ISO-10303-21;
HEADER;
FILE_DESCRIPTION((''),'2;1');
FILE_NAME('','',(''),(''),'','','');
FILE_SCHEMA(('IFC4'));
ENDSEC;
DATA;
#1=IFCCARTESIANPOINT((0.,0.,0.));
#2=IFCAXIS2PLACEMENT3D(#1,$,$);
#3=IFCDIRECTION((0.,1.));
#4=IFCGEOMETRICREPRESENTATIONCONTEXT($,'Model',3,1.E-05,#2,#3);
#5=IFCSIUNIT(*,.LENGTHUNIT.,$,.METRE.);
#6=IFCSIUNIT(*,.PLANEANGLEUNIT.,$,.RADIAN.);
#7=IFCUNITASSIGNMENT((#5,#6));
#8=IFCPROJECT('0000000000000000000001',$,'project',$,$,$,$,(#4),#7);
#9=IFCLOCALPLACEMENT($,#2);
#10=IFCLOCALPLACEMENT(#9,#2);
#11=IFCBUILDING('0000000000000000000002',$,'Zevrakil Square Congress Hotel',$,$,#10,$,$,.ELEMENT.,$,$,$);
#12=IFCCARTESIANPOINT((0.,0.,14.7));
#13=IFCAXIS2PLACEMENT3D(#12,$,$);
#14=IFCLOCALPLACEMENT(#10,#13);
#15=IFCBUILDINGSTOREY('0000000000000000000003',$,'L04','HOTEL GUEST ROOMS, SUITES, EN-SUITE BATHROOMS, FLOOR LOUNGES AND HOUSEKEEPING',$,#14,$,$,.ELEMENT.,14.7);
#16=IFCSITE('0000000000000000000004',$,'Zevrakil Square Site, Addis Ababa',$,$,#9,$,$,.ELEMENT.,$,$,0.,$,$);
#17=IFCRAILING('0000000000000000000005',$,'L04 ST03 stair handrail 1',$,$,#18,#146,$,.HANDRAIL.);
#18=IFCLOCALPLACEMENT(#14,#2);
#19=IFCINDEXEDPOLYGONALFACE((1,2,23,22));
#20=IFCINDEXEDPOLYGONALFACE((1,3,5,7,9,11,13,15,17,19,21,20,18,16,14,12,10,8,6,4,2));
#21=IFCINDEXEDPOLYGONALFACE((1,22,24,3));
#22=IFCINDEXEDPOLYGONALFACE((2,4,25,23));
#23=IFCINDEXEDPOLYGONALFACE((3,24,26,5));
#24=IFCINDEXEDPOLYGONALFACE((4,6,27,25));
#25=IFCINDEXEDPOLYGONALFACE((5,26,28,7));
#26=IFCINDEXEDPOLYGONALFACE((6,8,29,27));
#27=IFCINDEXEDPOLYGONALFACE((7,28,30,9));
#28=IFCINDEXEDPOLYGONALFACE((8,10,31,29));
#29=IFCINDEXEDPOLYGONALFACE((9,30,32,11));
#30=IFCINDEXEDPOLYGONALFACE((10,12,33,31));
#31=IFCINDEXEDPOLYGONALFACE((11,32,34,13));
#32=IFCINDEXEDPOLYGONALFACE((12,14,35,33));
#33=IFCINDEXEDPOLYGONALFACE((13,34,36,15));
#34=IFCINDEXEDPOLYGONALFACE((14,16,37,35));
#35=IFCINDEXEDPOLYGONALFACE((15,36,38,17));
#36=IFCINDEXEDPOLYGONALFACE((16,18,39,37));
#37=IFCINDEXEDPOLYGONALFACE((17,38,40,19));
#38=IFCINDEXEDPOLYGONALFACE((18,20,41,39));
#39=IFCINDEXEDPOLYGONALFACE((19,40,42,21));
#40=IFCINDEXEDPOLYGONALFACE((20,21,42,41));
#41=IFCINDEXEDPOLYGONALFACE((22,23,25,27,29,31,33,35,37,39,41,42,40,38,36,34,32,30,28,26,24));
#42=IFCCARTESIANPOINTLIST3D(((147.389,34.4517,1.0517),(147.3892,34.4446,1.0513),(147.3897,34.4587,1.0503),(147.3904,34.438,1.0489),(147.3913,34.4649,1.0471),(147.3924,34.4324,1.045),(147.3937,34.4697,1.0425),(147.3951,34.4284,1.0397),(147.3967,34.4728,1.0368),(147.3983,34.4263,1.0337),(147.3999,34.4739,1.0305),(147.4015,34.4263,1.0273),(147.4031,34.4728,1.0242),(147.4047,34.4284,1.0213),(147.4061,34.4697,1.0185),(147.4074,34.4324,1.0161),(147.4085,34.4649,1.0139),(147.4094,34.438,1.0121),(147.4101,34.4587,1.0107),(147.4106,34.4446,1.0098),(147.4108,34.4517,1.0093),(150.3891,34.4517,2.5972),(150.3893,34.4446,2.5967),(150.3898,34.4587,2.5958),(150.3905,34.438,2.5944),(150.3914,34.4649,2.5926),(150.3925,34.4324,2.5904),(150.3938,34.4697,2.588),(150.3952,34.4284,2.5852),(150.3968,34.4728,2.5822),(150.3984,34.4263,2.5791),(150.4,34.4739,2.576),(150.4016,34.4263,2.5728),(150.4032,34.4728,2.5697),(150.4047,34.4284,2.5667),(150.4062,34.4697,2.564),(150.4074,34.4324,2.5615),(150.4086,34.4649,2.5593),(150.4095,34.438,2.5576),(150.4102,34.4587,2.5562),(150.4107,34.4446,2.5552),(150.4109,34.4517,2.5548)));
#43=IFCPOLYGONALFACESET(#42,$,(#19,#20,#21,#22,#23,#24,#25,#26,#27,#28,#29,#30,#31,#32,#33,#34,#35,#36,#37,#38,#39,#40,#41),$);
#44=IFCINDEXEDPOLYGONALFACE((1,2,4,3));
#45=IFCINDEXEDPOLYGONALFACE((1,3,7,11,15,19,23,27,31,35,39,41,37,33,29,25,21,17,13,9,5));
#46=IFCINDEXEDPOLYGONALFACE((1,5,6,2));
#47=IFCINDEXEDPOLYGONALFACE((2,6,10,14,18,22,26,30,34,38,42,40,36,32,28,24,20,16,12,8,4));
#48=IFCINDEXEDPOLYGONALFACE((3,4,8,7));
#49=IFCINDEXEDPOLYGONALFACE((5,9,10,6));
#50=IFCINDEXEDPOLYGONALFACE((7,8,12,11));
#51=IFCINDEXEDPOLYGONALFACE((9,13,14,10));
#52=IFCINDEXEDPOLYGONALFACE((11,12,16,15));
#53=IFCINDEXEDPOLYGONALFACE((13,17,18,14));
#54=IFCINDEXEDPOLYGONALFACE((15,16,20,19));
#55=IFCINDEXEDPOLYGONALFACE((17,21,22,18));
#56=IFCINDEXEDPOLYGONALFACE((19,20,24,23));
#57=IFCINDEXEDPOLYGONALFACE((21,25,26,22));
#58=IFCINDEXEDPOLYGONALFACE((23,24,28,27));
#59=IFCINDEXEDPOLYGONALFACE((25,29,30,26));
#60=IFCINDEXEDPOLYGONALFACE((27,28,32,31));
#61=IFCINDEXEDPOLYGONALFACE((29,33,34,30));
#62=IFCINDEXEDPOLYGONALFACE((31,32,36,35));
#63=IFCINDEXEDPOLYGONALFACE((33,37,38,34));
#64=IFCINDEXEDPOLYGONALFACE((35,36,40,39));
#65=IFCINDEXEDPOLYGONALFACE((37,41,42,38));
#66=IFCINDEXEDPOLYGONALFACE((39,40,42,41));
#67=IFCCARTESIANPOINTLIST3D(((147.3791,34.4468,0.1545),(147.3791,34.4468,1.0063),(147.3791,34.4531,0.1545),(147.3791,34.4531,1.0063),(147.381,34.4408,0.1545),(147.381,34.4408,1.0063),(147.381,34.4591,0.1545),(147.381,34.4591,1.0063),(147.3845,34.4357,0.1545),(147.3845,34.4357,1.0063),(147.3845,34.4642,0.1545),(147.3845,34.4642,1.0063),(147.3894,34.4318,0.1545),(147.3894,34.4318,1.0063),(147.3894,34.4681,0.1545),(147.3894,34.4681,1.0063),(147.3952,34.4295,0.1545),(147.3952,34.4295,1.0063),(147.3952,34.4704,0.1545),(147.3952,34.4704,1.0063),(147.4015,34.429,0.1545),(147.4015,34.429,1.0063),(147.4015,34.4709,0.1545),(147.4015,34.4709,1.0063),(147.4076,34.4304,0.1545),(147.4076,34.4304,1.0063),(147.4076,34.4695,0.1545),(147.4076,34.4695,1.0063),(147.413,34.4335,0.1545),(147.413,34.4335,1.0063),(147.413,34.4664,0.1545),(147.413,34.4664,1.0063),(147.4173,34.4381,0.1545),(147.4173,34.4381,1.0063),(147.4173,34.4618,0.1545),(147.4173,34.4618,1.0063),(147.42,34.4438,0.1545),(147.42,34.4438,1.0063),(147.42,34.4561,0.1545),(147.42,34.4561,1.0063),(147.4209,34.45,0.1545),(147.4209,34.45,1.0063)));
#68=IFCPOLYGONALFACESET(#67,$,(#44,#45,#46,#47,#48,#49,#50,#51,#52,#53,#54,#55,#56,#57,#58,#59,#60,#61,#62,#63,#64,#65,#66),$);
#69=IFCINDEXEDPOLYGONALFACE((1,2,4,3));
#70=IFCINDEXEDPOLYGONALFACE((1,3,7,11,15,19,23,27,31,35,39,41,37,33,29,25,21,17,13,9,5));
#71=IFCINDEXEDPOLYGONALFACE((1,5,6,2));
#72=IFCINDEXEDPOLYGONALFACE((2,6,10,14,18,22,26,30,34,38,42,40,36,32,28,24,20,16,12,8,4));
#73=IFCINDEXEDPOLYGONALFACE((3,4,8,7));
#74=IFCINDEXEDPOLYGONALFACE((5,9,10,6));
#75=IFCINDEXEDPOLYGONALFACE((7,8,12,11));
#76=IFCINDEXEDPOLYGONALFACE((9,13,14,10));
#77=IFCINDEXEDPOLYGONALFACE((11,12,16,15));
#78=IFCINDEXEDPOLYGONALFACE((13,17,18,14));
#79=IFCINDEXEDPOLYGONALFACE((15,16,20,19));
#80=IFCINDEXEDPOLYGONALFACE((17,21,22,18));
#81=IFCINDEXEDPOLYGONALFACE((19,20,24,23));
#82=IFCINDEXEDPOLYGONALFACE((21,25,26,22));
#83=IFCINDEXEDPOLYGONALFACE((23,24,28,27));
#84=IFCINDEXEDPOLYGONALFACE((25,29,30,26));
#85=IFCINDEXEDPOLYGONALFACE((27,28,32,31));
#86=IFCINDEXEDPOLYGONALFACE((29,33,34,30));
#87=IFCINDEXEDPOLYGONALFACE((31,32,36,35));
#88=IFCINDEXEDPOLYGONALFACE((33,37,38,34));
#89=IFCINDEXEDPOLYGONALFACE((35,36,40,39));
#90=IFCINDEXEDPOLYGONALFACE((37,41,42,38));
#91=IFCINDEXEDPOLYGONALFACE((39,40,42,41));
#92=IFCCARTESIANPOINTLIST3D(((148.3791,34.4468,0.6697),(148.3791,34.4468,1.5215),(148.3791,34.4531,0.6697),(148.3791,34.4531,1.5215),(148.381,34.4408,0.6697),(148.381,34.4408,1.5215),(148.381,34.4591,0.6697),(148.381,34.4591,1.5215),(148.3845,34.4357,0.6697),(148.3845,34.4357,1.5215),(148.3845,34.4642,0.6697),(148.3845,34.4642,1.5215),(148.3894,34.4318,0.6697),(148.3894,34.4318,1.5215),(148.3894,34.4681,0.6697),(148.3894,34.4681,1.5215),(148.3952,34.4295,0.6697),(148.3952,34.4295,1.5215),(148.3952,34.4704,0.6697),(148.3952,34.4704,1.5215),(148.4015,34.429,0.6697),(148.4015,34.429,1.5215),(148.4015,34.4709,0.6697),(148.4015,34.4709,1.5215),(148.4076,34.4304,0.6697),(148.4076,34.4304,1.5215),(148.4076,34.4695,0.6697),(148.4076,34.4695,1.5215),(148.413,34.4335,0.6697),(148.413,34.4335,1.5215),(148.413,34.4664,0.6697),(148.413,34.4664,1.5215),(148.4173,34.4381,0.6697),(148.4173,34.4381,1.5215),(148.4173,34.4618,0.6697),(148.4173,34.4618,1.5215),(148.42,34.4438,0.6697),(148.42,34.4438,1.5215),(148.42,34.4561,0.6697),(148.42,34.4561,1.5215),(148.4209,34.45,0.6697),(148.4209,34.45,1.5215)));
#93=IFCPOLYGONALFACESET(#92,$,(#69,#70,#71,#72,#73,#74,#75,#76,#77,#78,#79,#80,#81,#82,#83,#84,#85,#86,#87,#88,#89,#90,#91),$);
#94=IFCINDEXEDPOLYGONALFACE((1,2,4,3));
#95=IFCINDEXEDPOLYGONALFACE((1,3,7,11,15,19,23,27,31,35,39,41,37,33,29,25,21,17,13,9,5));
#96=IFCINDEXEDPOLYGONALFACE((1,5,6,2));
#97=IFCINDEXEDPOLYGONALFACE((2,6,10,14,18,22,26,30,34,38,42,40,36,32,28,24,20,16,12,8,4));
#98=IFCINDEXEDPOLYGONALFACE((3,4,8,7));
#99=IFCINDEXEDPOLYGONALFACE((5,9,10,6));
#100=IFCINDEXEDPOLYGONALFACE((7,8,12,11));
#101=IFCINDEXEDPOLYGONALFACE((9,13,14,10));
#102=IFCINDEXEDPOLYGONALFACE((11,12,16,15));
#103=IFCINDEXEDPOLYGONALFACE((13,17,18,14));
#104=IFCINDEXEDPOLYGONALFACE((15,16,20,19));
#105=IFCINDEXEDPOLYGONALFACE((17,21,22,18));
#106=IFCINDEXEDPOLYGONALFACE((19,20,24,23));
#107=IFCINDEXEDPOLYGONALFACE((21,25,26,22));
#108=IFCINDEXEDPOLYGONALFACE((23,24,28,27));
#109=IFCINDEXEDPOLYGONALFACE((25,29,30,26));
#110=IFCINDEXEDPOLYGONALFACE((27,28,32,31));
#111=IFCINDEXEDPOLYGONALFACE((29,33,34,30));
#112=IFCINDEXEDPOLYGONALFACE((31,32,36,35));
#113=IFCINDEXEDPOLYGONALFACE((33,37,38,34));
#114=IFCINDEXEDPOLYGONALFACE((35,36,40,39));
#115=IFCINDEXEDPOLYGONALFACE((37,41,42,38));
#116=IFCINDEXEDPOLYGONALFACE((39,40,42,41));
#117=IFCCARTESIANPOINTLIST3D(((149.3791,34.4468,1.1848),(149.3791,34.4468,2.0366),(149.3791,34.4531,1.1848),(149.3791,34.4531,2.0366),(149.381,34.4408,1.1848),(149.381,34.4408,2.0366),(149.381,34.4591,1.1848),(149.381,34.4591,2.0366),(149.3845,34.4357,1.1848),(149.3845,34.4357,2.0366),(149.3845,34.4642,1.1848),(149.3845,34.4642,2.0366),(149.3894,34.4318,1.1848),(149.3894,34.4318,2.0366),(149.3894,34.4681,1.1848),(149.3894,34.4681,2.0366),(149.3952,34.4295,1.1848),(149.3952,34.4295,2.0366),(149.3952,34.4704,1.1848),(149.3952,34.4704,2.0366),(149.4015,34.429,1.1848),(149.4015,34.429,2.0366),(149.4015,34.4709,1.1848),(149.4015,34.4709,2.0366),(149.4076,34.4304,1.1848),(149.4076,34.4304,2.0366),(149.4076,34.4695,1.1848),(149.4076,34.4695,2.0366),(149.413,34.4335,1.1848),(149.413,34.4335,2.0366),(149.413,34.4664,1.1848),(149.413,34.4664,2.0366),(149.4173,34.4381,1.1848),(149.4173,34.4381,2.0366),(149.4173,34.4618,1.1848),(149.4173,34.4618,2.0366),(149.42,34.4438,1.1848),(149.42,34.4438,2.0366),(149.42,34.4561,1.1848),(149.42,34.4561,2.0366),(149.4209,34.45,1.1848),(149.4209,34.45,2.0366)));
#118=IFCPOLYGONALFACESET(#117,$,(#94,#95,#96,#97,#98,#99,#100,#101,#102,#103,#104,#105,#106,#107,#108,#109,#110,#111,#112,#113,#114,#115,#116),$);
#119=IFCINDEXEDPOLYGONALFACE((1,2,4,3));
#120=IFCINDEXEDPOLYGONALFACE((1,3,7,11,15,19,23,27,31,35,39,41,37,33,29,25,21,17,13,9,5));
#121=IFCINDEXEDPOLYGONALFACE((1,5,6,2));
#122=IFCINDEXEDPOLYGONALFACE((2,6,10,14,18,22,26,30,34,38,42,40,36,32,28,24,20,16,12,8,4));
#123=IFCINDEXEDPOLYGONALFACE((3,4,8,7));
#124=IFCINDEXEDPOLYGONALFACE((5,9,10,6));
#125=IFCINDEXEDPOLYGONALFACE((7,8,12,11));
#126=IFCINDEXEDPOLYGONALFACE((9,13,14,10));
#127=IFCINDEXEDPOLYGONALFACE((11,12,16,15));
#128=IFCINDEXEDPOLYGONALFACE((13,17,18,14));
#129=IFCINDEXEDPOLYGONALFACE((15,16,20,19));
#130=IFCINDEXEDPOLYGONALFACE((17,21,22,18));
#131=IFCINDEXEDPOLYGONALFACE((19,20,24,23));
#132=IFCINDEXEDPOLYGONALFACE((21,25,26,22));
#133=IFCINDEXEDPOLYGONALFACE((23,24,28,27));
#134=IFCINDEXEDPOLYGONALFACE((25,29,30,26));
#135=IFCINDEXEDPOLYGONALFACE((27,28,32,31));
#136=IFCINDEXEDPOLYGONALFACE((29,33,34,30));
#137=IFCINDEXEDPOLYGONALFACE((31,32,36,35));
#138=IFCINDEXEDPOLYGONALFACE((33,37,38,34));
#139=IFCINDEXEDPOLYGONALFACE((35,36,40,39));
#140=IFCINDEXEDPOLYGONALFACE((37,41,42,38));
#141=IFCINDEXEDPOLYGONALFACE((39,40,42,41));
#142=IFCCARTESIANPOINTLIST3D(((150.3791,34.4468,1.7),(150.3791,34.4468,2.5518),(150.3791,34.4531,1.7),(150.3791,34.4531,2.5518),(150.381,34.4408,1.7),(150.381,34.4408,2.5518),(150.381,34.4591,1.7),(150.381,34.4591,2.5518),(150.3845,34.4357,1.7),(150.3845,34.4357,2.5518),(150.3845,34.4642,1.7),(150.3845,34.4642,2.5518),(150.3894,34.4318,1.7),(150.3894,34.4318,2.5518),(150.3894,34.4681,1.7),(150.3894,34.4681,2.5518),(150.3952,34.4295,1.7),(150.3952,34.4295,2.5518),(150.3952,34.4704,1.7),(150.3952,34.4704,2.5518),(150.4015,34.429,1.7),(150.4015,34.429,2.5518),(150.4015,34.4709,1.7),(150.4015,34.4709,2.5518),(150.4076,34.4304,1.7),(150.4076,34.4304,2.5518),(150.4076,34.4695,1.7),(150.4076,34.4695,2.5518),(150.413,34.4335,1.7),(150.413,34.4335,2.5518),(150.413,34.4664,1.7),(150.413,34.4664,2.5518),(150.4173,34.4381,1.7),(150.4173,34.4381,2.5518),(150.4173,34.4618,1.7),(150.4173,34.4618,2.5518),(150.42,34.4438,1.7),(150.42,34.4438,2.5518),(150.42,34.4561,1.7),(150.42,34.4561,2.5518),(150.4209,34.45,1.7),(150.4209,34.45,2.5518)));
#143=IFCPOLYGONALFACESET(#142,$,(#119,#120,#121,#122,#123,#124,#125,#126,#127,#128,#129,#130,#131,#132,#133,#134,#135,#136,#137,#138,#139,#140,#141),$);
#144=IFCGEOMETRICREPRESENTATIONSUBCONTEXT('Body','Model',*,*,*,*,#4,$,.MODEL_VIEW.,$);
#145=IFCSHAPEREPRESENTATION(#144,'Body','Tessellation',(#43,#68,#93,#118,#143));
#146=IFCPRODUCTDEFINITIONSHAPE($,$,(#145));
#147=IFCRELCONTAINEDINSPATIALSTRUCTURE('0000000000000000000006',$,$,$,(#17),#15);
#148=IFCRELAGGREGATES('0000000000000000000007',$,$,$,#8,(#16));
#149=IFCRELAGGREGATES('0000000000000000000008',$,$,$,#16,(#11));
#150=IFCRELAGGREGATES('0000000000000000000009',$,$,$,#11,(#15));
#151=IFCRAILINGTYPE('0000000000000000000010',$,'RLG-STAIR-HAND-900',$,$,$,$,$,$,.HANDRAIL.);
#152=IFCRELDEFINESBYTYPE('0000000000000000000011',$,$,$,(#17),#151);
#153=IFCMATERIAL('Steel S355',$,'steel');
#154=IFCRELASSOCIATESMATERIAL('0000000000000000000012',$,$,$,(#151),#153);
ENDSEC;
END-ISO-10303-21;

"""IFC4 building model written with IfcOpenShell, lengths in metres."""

from ifc_helpers import new_model, si_unit, direction, frame, origin, origin_2d, place, context, subcontext, project, spatial, circle, extrude, material, type_object, element, save


model = new_model("IFC4")

# Units and contexts
model_context = context("Model", 3, precision=1e-05, world=origin(), true_north=direction((0.0, 1.0)))
body_context = subcontext(model_context, "Body", "Model", "MODEL_VIEW")
ifc_project = project(units=[si_unit("LENGTHUNIT", "METRE"), si_unit("PLANEANGLEUNIT", "RADIAN")], contexts=[model_context])

# Site, building, storey
site_placement = place(None, origin())
site = spatial("IfcSite", under=ifc_project, at=site_placement, Name="Zevrakil Square Site, Addis Ababa", CompositionType="ELEMENT", RefElevation=0.0)
building_placement = place(site_placement, origin())
building = spatial("IfcBuilding", under=site, at=building_placement, Name="Zevrakil Square Congress Hotel", CompositionType="ELEMENT")
storey_placement = place(building_placement, frame((0.0, 0.0, 14.7)))
storey = spatial("IfcBuildingStorey", under=building, at=storey_placement, Name="L04", Description="HOTEL GUEST ROOMS, SUITES, EN-SUITE BATHROOMS, FLOOR LOUNGES AND HOUSEKEEPING", CompositionType="ELEMENT", Elevation=14.7)

# Railing
ifc_material_1 = material(Name="Steel S355", Category="steel")
railing_type_1 = type_object("IfcRailingType", Name="RLG-STAIR-HAND-900", PredefinedType="HANDRAIL", material=ifc_material_1)
railing_1_placement = place(storey_placement, frame((147.3999, 34.45, 0.1545)))
element("IfcRailing", 1, at=railing_1_placement, inside=storey, type_object=railing_type_1, Name="L04 ST03 stair handrail 1", PredefinedType="HANDRAIL", context=body_context, shape_type="SweptSolid", body=[
    extrude(circle(Radius=0.0239, at=origin_2d()), frame((0.0, 0.0, 0.876), z_axis=(0.88898, 0.0, 0.457946), x_axis=(0.0, 1.0, 0.0)), (0.0, 0.0, 1.0), 3.3748),
    extrude(circle(Radius=0.021, at=origin_2d()), origin(), (0.0, 0.0, 1.0), 0.8518),
    extrude(circle(Radius=0.021, at=origin_2d()), frame((1.0, 0.0, 0.5151)), (0.0, 0.0, 1.0), 0.8518),
    extrude(circle(Radius=0.021, at=origin_2d()), frame((2.0, 0.0, 1.0303)), (0.0, 0.0, 1.0), 0.8518),
    extrude(circle(Radius=0.021, at=origin_2d()), frame((3.0, 0.0, 1.5454)), (0.0, 0.0, 1.0), 0.8518),
])

save(model, "model.ifc")
